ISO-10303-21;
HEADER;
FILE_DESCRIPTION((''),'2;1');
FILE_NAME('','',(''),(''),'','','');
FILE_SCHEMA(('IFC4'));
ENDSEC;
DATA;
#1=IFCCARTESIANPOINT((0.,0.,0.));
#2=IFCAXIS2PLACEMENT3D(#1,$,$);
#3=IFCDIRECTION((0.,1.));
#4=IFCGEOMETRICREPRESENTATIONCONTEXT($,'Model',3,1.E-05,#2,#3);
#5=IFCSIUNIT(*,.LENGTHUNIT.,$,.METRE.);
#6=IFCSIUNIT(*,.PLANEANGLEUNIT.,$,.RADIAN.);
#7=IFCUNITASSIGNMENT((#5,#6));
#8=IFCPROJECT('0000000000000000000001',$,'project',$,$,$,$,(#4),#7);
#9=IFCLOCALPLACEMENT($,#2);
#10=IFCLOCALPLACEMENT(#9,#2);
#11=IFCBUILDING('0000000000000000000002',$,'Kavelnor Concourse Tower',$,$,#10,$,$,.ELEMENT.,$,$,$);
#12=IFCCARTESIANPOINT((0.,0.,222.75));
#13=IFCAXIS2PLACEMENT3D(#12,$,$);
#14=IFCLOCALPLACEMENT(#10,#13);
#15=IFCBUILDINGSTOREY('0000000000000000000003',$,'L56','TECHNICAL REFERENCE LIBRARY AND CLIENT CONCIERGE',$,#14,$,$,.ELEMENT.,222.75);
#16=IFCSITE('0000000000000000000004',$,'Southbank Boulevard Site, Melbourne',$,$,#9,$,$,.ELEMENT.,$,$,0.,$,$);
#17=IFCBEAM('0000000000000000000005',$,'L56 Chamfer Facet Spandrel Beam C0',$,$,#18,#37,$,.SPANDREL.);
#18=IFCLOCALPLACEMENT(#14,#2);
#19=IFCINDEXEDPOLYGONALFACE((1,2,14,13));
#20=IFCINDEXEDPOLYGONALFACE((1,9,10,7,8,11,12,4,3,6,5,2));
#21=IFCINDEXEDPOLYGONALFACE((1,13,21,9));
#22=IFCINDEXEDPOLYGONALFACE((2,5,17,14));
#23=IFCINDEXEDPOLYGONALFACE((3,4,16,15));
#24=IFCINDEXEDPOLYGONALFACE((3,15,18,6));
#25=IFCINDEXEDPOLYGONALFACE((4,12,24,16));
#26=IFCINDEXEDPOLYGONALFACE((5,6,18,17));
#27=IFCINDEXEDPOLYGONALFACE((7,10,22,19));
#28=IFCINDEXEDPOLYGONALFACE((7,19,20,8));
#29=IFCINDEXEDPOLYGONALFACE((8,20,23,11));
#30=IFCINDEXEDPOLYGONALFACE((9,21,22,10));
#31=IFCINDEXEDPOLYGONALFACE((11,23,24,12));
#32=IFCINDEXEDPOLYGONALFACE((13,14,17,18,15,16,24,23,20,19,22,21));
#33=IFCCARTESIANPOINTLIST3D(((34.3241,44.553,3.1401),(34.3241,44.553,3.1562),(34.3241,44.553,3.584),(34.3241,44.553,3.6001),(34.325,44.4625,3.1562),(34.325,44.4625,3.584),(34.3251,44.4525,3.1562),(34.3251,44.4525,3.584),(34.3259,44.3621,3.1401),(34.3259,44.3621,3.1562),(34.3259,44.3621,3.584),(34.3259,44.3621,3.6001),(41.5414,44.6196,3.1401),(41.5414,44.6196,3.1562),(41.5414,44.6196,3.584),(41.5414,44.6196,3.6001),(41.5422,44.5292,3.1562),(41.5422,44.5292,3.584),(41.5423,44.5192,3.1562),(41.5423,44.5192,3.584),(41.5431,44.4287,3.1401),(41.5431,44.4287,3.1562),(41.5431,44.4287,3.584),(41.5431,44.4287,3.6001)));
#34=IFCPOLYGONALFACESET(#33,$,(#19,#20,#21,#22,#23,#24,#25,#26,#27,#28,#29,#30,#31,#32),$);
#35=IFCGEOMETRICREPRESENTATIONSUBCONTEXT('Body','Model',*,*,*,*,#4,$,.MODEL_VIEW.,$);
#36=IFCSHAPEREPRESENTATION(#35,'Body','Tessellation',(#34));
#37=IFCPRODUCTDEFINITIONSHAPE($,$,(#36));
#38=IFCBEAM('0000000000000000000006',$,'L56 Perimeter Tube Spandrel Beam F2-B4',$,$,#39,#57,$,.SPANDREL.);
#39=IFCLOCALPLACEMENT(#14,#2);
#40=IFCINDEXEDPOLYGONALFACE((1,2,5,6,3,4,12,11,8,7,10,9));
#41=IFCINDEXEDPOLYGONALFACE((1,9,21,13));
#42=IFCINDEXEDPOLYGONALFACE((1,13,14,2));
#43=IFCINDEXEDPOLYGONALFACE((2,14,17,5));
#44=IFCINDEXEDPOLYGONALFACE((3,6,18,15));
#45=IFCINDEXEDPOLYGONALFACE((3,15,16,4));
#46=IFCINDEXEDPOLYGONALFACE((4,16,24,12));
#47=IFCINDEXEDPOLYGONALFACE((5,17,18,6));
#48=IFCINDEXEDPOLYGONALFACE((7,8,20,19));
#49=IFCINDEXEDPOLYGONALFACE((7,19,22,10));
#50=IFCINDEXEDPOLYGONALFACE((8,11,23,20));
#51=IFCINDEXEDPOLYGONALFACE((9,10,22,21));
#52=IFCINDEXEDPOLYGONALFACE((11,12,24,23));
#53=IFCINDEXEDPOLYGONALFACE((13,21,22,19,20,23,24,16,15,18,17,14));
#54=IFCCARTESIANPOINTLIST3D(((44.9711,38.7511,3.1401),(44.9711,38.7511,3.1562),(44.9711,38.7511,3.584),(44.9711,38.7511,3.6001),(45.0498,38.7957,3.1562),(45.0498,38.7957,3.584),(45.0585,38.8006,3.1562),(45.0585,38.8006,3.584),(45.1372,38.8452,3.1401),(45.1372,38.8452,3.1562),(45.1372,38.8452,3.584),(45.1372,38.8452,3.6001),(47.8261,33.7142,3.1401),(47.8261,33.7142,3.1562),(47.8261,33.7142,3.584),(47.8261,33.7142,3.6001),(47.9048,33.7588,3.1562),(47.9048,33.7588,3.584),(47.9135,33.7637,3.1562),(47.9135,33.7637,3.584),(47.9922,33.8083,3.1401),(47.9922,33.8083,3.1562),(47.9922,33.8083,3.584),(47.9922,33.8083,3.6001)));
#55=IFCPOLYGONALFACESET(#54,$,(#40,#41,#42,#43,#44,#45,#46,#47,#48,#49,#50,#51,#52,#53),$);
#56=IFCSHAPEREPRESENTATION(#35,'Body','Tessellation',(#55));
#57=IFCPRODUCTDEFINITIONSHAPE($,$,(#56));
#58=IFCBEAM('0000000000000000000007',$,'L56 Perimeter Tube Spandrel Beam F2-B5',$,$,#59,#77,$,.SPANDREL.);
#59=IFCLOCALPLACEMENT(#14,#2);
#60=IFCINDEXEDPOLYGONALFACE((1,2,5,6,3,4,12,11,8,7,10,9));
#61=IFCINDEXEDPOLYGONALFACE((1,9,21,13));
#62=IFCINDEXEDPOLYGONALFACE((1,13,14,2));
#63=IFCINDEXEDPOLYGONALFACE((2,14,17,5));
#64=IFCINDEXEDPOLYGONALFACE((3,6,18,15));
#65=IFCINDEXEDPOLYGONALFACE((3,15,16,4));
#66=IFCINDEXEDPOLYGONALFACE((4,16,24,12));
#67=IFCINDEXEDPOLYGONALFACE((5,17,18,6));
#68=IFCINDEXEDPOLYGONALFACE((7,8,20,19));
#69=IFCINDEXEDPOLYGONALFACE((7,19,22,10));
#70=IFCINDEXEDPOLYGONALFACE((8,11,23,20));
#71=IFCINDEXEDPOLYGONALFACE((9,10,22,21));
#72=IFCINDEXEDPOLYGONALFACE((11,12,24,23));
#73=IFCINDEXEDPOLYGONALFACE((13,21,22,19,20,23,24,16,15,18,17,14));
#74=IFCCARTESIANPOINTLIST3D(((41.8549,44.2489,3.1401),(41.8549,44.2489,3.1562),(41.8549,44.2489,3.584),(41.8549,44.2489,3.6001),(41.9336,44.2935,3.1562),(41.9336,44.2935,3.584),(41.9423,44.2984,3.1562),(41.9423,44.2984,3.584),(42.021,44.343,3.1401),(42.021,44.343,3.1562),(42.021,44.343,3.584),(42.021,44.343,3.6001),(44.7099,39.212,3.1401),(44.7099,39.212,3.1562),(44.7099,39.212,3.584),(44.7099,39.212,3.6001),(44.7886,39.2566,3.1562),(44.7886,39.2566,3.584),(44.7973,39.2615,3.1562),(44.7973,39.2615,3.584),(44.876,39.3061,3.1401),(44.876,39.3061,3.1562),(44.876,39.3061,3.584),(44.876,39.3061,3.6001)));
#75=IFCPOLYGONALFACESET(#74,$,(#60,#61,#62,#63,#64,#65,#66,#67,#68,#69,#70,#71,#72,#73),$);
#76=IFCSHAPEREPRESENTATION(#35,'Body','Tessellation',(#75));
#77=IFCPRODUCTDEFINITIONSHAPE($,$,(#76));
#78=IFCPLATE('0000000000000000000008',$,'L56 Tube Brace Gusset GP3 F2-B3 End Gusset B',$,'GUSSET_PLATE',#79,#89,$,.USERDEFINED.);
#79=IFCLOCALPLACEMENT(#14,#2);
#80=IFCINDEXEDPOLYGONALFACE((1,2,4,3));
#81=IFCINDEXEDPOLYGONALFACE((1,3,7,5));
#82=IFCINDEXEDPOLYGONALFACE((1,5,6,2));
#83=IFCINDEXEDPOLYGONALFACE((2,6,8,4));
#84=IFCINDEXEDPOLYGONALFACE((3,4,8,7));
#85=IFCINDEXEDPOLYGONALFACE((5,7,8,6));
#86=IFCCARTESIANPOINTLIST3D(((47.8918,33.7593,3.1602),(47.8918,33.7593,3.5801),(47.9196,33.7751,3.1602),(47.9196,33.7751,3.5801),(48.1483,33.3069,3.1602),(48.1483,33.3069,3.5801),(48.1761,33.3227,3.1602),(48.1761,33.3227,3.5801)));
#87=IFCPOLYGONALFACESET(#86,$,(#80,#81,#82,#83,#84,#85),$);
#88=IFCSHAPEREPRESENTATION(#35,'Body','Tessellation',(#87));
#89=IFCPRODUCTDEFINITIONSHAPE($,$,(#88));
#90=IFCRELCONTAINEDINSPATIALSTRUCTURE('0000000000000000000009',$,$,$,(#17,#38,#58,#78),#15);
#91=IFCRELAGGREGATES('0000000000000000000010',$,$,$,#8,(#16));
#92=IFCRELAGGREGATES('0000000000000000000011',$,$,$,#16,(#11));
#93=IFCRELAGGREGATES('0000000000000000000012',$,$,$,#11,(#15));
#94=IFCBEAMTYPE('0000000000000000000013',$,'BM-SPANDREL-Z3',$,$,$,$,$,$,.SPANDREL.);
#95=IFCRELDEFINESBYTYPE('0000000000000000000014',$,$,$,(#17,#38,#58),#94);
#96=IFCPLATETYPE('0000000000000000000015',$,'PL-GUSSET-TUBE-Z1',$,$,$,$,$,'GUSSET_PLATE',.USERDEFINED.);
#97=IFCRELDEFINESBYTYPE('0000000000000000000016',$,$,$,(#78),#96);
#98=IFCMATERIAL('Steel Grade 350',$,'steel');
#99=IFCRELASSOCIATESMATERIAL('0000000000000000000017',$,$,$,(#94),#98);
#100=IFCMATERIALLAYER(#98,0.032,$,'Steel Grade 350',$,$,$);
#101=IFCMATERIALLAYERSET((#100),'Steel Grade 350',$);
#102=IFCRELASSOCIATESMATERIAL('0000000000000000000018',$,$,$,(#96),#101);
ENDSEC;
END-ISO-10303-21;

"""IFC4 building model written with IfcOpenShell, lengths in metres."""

from ifc_helpers import new_model, si_unit, direction, frame, origin, origin_2d, place, context, subcontext, project, spatial, rectangle, i_section, extrude, material, layer, layer_set, material_profile, profile_set, type_object, element, save


model = new_model("IFC4")

# Units and contexts
model_context = context("Model", 3, precision=1e-05, world=origin(), true_north=direction((0.0, 1.0)))
body_context = subcontext(model_context, "Body", "Model", "MODEL_VIEW")
ifc_project = project(units=[si_unit("LENGTHUNIT", "METRE"), si_unit("PLANEANGLEUNIT", "RADIAN")], contexts=[model_context])

# Site, building, storey
site_placement = place(None, origin())
site = spatial("IfcSite", under=ifc_project, at=site_placement, Name="Southbank Boulevard Site, Melbourne", CompositionType="ELEMENT", RefElevation=0.0)
building_placement = place(site_placement, origin())
building = spatial("IfcBuilding", under=site, at=building_placement, Name="Kavelnor Concourse Tower", CompositionType="ELEMENT")
storey_placement = place(building_placement, frame((0.0, 0.0, 222.75)))
storey = spatial("IfcBuildingStorey", under=building, at=storey_placement, Name="L56", Description="TECHNICAL REFERENCE LIBRARY AND CLIENT CONCIERGE", CompositionType="ELEMENT", Elevation=222.75)

# Shared definitions
ifc_material_1 = material(Name="Steel Grade 350", Category="steel")

# Beams
ifc_material_profile_1 = material_profile(ifc_material_1, i_section(OverallWidth=0.1909, OverallDepth=0.46, WebThickness=0.01, FlangeThickness=0.0161, at=origin_2d()), Name="460UB82")
ifc_profile_set_1 = profile_set([ifc_material_profile_1], Name="Steel Grade 350")
beam_type_1 = type_object("IfcBeamType", Name="BM-SPANDREL-Z3", PredefinedType="SPANDREL", material=ifc_profile_set_1)
beam_1_placement = place(storey_placement, frame((41.5422, 44.5242, 3.3701), z_axis=(-0.999957, -0.009234, 0.0), x_axis=(0.009234, -0.999957, 0.0)))
element("IfcBeam", 1, at=beam_1_placement, inside=storey, type_object=beam_type_1, Name="L56 Chamfer Facet Spandrel Beam C0", PredefinedType="SPANDREL", context=body_context, shape_type="SweptSolid", body=[
    extrude(i_section(OverallWidth=0.1909, OverallDepth=0.46, WebThickness=0.01, FlangeThickness=0.0161, at=origin_2d()), origin(), (0.0, 0.0, 1.0), 7.2175),
])
for number, where, z_axis, x_axis, name in (
    (2, (47.9092, 33.7612, 3.3701), (-0.493112, 0.869966, 0.0), (-0.869966, -0.493112, 0.0), "L56 Perimeter Tube Spandrel Beam F2-B4"),
    (3, (44.793, 39.259, 3.3701), (-0.493112, 0.869966, 0.0), (-0.869966, -0.493112, 0.0), "L56 Perimeter Tube Spandrel Beam F2-B5"),
):
    element("IfcBeam", number, at=place(storey_placement, frame(where, z_axis=z_axis, x_axis=x_axis)), inside=storey, type_object=beam_type_1, Name=name, PredefinedType="SPANDREL", context=body_context, shape_type="SweptSolid", body=[
        extrude(i_section(OverallWidth=0.1909, OverallDepth=0.46, WebThickness=0.01, FlangeThickness=0.0161, at=origin_2d()), origin(), (0.0, 0.0, 1.0), 5.7898),
    ])

# Plate
ifc_layer_1 = layer(ifc_material_1, 0.032, Name="Steel Grade 350")
ifc_layer_set_1 = layer_set([ifc_layer_1], Name="Steel Grade 350")
plate_type = type_object("IfcPlateType", Name="PL-GUSSET-TUBE-Z1", ElementType="GUSSET_PLATE", PredefinedType="USERDEFINED", material=ifc_layer_set_1)
plate_placement = place(storey_placement, frame((48.0339, 33.541, 3.1602), z_axis=(0.0, 0.0, 1.0), x_axis=(-0.493183, 0.869926, 0.0)))
element("IfcPlate", 4, at=plate_placement, inside=storey, type_object=plate_type, Name="L56 Tube Brace Gusset GP3 F2-B3 End Gusset B", ObjectType="GUSSET_PLATE", PredefinedType="USERDEFINED", context=body_context, shape_type="SweptSolid", body=[
    extrude(rectangle(XDim=0.52, YDim=0.032, at=origin_2d()), origin(), (0.0, 0.0, 1.0), 0.4199),
])

save(model, "model.ifc")
